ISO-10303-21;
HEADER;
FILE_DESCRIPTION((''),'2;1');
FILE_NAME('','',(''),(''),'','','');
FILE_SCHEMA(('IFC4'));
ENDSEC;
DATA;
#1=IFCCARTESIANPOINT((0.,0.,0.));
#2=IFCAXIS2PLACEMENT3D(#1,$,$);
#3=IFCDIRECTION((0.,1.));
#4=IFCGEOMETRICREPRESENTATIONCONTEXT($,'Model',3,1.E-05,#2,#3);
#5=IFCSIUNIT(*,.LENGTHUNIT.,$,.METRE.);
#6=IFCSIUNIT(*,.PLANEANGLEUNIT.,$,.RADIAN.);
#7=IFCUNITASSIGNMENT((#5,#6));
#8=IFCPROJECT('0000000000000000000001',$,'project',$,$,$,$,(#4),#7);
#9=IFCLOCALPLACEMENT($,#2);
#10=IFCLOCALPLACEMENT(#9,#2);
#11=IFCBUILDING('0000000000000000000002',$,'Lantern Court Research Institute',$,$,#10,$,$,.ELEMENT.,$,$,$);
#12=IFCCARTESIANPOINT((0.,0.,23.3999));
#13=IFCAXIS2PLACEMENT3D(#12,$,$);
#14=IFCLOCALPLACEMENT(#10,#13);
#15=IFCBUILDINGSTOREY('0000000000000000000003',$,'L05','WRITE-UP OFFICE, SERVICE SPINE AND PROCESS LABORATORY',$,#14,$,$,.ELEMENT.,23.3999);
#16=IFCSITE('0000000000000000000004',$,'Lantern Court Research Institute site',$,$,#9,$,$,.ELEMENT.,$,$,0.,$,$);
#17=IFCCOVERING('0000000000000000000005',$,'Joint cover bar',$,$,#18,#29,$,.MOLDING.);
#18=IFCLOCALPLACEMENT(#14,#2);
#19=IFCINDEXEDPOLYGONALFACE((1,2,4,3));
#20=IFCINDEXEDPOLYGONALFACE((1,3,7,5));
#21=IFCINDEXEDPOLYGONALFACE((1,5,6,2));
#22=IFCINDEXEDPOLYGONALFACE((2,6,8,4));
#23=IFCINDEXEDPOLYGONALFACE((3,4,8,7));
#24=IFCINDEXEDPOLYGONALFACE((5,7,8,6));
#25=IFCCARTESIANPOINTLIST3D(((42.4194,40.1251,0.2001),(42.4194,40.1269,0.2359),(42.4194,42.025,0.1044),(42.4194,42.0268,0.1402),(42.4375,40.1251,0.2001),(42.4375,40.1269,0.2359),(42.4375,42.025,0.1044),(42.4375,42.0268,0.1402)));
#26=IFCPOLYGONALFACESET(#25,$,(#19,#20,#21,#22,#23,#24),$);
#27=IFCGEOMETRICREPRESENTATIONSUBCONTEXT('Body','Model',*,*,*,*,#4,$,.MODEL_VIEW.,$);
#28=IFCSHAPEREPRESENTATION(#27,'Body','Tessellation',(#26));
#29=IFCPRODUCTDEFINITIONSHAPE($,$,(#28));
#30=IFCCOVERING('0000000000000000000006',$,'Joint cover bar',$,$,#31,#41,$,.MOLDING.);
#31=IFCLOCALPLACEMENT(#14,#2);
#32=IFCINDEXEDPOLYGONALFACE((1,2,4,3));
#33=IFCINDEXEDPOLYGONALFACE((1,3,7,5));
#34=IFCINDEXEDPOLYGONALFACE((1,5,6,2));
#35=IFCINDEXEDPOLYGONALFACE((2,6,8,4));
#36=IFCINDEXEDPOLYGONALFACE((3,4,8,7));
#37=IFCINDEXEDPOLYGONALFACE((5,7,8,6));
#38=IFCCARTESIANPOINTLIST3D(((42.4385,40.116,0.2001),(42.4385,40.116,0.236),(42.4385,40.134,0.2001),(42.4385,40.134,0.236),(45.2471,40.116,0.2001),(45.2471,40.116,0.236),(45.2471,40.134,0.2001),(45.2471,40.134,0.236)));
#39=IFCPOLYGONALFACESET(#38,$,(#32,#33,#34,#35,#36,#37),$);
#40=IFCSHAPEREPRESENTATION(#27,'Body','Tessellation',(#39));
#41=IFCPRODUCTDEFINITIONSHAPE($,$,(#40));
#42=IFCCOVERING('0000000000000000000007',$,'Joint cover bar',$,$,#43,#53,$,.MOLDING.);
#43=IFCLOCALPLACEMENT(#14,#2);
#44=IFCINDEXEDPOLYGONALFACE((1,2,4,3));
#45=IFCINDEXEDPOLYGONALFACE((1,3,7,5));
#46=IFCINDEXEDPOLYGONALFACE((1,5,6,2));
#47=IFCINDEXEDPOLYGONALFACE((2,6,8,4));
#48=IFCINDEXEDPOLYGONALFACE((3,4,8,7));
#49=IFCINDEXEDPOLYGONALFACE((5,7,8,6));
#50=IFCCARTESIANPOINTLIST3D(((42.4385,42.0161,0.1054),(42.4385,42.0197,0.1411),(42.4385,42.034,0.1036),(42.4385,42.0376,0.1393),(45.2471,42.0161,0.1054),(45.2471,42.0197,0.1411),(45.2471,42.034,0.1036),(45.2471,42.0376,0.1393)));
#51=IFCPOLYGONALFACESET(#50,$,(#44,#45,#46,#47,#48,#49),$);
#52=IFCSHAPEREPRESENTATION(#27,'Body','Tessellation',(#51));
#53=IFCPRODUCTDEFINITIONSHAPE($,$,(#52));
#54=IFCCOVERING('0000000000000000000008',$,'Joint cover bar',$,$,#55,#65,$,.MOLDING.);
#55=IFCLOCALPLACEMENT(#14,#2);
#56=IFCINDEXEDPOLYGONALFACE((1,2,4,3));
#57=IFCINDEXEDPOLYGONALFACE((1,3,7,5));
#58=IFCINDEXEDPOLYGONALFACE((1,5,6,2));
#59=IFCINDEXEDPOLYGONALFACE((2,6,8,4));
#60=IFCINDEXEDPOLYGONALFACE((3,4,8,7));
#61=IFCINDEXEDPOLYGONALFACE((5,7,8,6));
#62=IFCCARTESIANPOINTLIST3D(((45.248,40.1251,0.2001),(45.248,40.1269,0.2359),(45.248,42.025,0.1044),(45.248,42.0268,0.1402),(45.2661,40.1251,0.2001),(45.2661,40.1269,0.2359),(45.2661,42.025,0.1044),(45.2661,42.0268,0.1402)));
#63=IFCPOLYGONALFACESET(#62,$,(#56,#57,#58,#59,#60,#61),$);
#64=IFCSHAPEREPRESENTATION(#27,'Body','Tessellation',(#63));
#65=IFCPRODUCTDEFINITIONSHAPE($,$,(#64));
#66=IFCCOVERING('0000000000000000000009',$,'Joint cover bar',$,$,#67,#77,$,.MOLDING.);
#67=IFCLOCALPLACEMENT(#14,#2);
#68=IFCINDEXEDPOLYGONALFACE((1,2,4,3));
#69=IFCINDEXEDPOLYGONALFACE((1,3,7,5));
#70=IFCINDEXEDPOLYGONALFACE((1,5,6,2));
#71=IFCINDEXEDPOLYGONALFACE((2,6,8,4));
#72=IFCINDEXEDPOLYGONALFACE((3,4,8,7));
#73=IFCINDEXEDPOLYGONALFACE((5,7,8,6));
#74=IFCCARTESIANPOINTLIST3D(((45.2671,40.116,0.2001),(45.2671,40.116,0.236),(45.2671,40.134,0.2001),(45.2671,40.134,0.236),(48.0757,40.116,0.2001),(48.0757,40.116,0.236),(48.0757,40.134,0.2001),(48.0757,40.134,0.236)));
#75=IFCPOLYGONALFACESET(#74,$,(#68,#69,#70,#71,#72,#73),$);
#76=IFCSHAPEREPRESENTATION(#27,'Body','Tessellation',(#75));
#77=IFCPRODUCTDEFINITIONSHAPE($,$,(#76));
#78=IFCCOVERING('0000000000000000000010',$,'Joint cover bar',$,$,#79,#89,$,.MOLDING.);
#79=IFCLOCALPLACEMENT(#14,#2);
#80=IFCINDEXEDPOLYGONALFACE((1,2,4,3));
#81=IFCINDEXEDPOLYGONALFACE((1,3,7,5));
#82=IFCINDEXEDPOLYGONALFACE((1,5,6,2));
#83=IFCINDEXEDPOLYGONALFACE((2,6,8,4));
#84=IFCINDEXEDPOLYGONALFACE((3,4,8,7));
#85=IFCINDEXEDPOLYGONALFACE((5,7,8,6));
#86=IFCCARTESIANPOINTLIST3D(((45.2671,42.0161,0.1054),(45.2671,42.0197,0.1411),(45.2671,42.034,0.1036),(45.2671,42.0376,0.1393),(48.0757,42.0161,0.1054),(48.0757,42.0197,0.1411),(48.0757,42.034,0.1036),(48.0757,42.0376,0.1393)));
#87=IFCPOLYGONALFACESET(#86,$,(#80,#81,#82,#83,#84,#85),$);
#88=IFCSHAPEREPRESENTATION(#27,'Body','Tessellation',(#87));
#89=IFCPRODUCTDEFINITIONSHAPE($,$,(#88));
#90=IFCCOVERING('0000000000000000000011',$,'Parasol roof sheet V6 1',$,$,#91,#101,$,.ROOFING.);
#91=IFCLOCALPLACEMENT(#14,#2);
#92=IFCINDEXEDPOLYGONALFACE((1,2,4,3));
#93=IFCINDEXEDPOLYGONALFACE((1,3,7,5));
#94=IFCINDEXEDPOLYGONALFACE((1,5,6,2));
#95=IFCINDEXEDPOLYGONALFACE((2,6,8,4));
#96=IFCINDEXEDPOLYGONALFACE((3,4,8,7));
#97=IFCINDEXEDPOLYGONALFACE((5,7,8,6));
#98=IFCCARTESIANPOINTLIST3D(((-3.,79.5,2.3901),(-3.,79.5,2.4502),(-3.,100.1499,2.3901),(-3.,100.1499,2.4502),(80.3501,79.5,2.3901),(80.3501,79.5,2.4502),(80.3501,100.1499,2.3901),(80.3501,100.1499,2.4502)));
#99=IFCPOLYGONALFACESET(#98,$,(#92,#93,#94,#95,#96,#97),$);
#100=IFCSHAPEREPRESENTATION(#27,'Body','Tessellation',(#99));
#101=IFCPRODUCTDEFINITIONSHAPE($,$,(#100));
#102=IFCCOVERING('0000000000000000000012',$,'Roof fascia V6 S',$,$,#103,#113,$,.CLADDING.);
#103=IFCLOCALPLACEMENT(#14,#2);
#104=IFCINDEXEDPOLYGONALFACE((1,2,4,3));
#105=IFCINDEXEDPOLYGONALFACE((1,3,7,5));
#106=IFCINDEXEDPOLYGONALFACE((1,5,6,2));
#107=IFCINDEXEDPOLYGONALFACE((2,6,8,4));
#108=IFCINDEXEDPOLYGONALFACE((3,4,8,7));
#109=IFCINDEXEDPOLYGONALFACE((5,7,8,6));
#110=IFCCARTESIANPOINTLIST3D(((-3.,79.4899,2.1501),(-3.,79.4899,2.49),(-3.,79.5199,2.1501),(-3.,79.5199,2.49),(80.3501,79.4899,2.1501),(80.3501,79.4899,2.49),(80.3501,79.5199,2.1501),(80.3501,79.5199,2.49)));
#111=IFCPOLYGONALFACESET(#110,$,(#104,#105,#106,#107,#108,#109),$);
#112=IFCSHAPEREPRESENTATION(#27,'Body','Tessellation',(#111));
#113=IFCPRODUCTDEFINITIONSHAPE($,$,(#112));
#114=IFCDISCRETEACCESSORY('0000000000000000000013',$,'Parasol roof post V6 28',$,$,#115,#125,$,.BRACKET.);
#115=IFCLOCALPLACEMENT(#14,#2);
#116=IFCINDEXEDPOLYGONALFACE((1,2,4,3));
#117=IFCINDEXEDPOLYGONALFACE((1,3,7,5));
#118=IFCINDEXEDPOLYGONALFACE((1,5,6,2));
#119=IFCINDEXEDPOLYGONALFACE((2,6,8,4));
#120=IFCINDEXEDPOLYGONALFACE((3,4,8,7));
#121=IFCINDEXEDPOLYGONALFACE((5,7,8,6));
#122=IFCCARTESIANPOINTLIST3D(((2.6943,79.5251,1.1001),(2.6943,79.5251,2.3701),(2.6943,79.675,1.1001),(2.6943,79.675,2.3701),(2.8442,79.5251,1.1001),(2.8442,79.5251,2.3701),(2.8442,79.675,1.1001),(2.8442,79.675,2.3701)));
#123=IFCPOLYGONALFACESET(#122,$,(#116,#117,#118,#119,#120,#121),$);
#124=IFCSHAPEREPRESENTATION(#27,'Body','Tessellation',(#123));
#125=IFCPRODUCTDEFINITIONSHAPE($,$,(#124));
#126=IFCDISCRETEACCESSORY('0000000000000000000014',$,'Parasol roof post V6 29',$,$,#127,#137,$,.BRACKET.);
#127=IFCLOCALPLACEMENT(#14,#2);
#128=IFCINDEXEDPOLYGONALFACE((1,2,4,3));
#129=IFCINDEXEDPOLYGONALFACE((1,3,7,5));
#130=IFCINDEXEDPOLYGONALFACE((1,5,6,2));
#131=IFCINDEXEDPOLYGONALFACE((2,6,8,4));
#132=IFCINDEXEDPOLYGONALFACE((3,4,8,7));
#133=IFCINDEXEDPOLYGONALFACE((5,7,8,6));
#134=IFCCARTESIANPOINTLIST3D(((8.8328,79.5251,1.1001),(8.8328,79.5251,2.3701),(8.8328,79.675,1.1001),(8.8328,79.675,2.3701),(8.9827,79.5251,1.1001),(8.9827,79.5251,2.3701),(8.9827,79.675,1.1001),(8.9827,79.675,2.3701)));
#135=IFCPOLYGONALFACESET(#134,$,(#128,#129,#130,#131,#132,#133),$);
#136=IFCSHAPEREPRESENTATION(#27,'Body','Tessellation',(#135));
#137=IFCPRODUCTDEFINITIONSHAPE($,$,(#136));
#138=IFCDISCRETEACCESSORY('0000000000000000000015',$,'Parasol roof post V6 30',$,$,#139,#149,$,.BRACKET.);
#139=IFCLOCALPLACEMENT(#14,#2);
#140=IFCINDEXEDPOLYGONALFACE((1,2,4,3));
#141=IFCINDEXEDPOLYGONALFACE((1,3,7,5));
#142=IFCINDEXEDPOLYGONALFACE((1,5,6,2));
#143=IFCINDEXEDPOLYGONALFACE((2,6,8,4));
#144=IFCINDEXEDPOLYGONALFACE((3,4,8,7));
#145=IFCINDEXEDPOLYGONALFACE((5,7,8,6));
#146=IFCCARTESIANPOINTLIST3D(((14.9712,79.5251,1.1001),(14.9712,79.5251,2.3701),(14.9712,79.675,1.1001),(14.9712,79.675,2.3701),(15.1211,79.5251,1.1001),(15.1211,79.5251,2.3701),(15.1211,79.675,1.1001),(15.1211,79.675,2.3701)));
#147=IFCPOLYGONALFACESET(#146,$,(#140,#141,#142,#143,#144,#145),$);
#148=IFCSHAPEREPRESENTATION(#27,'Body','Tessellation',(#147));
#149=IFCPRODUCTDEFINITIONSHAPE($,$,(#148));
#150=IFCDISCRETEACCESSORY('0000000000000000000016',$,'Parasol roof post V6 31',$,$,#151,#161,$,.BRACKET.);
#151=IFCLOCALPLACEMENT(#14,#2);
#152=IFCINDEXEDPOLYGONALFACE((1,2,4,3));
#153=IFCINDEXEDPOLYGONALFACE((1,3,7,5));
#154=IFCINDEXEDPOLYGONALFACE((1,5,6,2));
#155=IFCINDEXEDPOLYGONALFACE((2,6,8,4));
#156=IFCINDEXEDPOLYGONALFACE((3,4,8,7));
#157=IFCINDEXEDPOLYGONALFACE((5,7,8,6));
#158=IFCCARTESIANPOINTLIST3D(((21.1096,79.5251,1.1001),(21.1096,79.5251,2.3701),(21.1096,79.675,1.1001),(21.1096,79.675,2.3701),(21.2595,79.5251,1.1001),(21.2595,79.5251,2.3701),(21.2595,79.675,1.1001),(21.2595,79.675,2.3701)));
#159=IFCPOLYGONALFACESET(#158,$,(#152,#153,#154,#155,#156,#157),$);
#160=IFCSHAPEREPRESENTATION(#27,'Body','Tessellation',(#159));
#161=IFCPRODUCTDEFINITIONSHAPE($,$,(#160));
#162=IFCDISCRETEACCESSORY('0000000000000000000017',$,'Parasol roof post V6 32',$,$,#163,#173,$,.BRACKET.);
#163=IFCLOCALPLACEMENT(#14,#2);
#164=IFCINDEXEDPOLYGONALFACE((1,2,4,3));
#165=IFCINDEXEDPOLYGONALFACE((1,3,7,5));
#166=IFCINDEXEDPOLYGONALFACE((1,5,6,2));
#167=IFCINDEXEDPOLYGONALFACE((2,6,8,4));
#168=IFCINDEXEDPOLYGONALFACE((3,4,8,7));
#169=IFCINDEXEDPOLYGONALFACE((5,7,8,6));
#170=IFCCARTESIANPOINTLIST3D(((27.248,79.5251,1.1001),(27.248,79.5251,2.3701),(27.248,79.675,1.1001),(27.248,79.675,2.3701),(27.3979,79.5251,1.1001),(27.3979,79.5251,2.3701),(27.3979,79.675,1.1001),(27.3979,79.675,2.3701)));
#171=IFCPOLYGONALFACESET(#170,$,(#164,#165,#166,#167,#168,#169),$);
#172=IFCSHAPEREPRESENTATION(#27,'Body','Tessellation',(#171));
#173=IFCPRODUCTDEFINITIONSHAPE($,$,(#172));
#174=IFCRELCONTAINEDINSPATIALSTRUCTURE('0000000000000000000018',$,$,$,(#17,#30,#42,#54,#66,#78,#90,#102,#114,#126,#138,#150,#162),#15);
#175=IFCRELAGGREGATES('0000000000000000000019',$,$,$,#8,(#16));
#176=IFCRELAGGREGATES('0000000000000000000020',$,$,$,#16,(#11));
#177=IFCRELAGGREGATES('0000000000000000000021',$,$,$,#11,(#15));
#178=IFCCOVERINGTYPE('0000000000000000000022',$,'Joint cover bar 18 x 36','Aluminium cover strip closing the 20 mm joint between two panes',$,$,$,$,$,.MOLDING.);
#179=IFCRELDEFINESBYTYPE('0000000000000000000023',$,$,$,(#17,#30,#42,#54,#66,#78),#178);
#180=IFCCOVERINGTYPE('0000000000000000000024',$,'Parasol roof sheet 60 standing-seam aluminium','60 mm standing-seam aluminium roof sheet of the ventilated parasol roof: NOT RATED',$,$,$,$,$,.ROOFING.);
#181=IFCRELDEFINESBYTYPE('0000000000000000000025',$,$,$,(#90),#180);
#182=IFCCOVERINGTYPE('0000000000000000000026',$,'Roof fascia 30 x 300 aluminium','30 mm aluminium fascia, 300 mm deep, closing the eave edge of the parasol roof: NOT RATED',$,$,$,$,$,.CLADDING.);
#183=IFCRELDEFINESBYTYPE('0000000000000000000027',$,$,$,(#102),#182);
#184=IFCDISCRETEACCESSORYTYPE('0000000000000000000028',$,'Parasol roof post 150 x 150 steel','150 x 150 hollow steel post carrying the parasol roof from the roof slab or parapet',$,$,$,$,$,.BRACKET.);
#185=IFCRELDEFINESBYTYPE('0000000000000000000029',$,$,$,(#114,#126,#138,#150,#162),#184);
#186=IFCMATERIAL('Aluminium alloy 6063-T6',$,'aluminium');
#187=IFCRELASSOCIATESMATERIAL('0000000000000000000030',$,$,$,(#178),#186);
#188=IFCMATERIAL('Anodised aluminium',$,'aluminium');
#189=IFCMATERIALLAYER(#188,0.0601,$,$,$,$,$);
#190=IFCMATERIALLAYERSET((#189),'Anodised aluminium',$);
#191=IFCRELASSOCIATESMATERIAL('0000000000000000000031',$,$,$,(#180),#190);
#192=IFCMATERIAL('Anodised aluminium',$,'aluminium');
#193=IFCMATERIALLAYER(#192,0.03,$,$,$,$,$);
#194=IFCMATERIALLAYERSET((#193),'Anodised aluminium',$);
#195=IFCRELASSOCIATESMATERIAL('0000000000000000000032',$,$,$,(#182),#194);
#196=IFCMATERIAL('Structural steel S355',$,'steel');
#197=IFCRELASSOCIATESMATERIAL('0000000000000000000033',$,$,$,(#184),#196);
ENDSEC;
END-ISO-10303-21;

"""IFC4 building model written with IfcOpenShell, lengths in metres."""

from ifc_helpers import new_model, si_unit, direction, frame, frame_2d, origin, origin_2d, place, context, subcontext, project, spatial, polyline, rectangle, outline, extrude, material, layer, layer_set, material_profile, profile_set, type_object, element, save


model = new_model("IFC4")

# Units and contexts
model_context = context("Model", 3, precision=1e-05, world=origin(), true_north=direction((0.0, 1.0)))
body_context = subcontext(model_context, "Body", "Model", "MODEL_VIEW")
ifc_project = project(units=[si_unit("LENGTHUNIT", "METRE"), si_unit("PLANEANGLEUNIT", "RADIAN")], contexts=[model_context])

# Site, building, storey
site_placement = place(None, origin())
site = spatial("IfcSite", under=ifc_project, at=site_placement, Name="Lantern Court Research Institute site", CompositionType="ELEMENT", RefElevation=0.0)
building_placement = place(site_placement, origin())
building = spatial("IfcBuilding", under=site, at=building_placement, Name="Lantern Court Research Institute", CompositionType="ELEMENT")
storey_placement = place(building_placement, frame((0.0, 0.0, 23.3999)))
storey = spatial("IfcBuildingStorey", under=building, at=storey_placement, Name="L05", Description="WRITE-UP OFFICE, SERVICE SPINE AND PROCESS LABORATORY", CompositionType="ELEMENT", Elevation=23.3999)

# Coverings
ifc_material_1 = material(Name="Aluminium alloy 6063-T6", Category="aluminium")
ifc_material_profile_1 = material_profile(ifc_material_1, rectangle(XDim=0.0181, YDim=0.0359, at=origin_2d()), Name="Joint cover bar 18 x 36")
ifc_profile_set_1 = profile_set([ifc_material_profile_1], Name="Aluminium alloy 6063-T6")
covering_type_1 = type_object("IfcCoveringType", Name="Joint cover bar 18 x 36", Description="Aluminium cover strip closing the 20 mm joint between two panes", PredefinedType="MOLDING", material=ifc_profile_set_1)
covering_1_placement = place(storey_placement, frame((42.4285, 40.126, 0.218), z_axis=(0.0, 0.998734, -0.050309), x_axis=(-1.0, 0.0, 0.0)))
element("IfcCovering", 1, at=covering_1_placement, inside=storey, type_object=covering_type_1, Name="Joint cover bar", PredefinedType="MOLDING", context=body_context, shape_type="SweptSolid", body=[
    extrude(rectangle(XDim=0.0181, YDim=0.0359, at=origin_2d()), origin(), (0.0, 0.0, 1.0), 1.9023),
])
for number, where, z_axis, x_axis, name in (
    (2, (42.4385, 40.125, 0.218), (1.0, 0.0, 0.0), (0.0, 1.0, 0.0), "Joint cover bar"),
    (3, (42.4385, 42.0269, 0.1223), (1.0, 0.0, 0.0), (0.0, 0.994934, -0.100531), "Joint cover bar"),
):
    element("IfcCovering", number, at=place(storey_placement, frame(where, z_axis=z_axis, x_axis=x_axis)), inside=storey, type_object=covering_type_1, Name=name, PredefinedType="MOLDING", context=body_context, shape_type="SweptSolid", body=[
        extrude(rectangle(XDim=0.0181, YDim=0.0359, at=origin_2d()), origin(), (0.0, 0.0, 1.0), 2.8086),
    ])
covering_2_placement = place(storey_placement, frame((45.2571, 40.126, 0.218), z_axis=(0.0, 0.998734, -0.050309), x_axis=(-1.0, 0.0, 0.0)))
element("IfcCovering", 4, at=covering_2_placement, inside=storey, type_object=covering_type_1, Name="Joint cover bar", PredefinedType="MOLDING", context=body_context, shape_type="SweptSolid", body=[
    extrude(rectangle(XDim=0.0181, YDim=0.0359, at=origin_2d()), origin(), (0.0, 0.0, 1.0), 1.9023),
])
for number, where, z_axis, x_axis, name in (
    (5, (45.2671, 40.125, 0.218), (1.0, 0.0, 0.0), (0.0, 1.0, 0.0), "Joint cover bar"),
    (6, (45.2671, 42.0269, 0.1223), (1.0, 0.0, 0.0), (0.0, 0.994934, -0.100531), "Joint cover bar"),
):
    element("IfcCovering", number, at=place(storey_placement, frame(where, z_axis=z_axis, x_axis=x_axis)), inside=storey, type_object=covering_type_1, Name=name, PredefinedType="MOLDING", context=body_context, shape_type="SweptSolid", body=[
        extrude(rectangle(XDim=0.0181, YDim=0.0359, at=origin_2d()), origin(), (0.0, 0.0, 1.0), 2.8086),
    ])
ifc_material_2 = material(Name="Anodised aluminium", Category="aluminium")
ifc_layer_1 = layer(ifc_material_2, 0.0601)
ifc_layer_set_1 = layer_set([ifc_layer_1], Name="Anodised aluminium")
covering_type_2 = type_object("IfcCoveringType", Name="Parasol roof sheet 60 standing-seam aluminium", Description="60 mm standing-seam aluminium roof sheet of the ventilated parasol roof: NOT RATED", PredefinedType="ROOFING", material=ifc_layer_set_1)
covering_3_placement = place(storey_placement, frame((-3.0, 79.5, 2.4502), z_axis=(0.0, 0.0, 1.0), x_axis=(1.0, 0.0, 0.0)))
element("IfcCovering", 7, at=covering_3_placement, inside=storey, type_object=covering_type_2, Name="Parasol roof sheet V6 1", PredefinedType="ROOFING", context=body_context, shape_type="SweptSolid", body=[
    extrude(outline(polyline([(0.0, 0.0), (83.3501, 0.0), (83.3501, 20.6499), (0.0, 20.6499), (0.0, 0.0)])), origin(), (0.0, 0.0, -1.0), 0.0601),
])
ifc_material_3 = material(Name="Anodised aluminium", Category="aluminium")
ifc_layer_2 = layer(ifc_material_3, 0.03)
ifc_layer_set_2 = layer_set([ifc_layer_2], Name="Anodised aluminium")
covering_type_3 = type_object("IfcCoveringType", Name="Roof fascia 30 x 300 aluminium", Description="30 mm aluminium fascia, 300 mm deep, closing the eave edge of the parasol roof: NOT RATED", PredefinedType="CLADDING", material=ifc_layer_set_2)
covering_4_placement = place(storey_placement, frame((-3.0, 79.5049, 2.1501), z_axis=(0.0, 0.0, 1.0), x_axis=(1.0, 0.0, 0.0)))
element("IfcCovering", 8, at=covering_4_placement, inside=storey, type_object=covering_type_3, Name="Roof fascia V6 S", PredefinedType="CLADDING", context=body_context, shape_type="SweptSolid", body=[
    extrude(rectangle(XDim=83.3501, YDim=0.03, at=frame_2d((41.675, 0.0))), origin(), (0.0, 0.0, 1.0), 0.3398),
])

# Discrete accessories
ifc_material_4 = material(Name="Structural steel S355", Category="steel")
discrete_accessory_type = type_object("IfcDiscreteAccessoryType", Name="Parasol roof post 150 x 150 steel", Description="150 x 150 hollow steel post carrying the parasol roof from the roof slab or parapet", PredefinedType="BRACKET", material=ifc_material_4)
for number, where, z_axis, x_axis, name in (
    (9, (2.7693, 79.6001, 1.1001), (0.0, 0.0, 1.0), (1.0, 0.0, 0.0), "Parasol roof post V6 28"),
    (10, (8.9077, 79.6001, 1.1001), (0.0, 0.0, 1.0), (1.0, 0.0, 0.0), "Parasol roof post V6 29"),
    (11, (15.0461, 79.6001, 1.1001), (0.0, 0.0, 1.0), (1.0, 0.0, 0.0), "Parasol roof post V6 30"),
    (12, (21.1846, 79.6001, 1.1001), (0.0, 0.0, 1.0), (1.0, 0.0, 0.0), "Parasol roof post V6 31"),
    (13, (27.323, 79.6001, 1.1001), (0.0, 0.0, 1.0), (1.0, 0.0, 0.0), "Parasol roof post V6 32"),
):
    element("IfcDiscreteAccessory", number, at=place(storey_placement, frame(where, z_axis=z_axis, x_axis=x_axis)), inside=storey, type_object=discrete_accessory_type, Name=name, PredefinedType="BRACKET", context=body_context, shape_type="SweptSolid", body=[
        extrude(rectangle(XDim=0.1499, YDim=0.1499, at=origin_2d()), origin(), (0.0, 0.0, 1.0), 1.27),
    ])

save(model, "model.ifc")
